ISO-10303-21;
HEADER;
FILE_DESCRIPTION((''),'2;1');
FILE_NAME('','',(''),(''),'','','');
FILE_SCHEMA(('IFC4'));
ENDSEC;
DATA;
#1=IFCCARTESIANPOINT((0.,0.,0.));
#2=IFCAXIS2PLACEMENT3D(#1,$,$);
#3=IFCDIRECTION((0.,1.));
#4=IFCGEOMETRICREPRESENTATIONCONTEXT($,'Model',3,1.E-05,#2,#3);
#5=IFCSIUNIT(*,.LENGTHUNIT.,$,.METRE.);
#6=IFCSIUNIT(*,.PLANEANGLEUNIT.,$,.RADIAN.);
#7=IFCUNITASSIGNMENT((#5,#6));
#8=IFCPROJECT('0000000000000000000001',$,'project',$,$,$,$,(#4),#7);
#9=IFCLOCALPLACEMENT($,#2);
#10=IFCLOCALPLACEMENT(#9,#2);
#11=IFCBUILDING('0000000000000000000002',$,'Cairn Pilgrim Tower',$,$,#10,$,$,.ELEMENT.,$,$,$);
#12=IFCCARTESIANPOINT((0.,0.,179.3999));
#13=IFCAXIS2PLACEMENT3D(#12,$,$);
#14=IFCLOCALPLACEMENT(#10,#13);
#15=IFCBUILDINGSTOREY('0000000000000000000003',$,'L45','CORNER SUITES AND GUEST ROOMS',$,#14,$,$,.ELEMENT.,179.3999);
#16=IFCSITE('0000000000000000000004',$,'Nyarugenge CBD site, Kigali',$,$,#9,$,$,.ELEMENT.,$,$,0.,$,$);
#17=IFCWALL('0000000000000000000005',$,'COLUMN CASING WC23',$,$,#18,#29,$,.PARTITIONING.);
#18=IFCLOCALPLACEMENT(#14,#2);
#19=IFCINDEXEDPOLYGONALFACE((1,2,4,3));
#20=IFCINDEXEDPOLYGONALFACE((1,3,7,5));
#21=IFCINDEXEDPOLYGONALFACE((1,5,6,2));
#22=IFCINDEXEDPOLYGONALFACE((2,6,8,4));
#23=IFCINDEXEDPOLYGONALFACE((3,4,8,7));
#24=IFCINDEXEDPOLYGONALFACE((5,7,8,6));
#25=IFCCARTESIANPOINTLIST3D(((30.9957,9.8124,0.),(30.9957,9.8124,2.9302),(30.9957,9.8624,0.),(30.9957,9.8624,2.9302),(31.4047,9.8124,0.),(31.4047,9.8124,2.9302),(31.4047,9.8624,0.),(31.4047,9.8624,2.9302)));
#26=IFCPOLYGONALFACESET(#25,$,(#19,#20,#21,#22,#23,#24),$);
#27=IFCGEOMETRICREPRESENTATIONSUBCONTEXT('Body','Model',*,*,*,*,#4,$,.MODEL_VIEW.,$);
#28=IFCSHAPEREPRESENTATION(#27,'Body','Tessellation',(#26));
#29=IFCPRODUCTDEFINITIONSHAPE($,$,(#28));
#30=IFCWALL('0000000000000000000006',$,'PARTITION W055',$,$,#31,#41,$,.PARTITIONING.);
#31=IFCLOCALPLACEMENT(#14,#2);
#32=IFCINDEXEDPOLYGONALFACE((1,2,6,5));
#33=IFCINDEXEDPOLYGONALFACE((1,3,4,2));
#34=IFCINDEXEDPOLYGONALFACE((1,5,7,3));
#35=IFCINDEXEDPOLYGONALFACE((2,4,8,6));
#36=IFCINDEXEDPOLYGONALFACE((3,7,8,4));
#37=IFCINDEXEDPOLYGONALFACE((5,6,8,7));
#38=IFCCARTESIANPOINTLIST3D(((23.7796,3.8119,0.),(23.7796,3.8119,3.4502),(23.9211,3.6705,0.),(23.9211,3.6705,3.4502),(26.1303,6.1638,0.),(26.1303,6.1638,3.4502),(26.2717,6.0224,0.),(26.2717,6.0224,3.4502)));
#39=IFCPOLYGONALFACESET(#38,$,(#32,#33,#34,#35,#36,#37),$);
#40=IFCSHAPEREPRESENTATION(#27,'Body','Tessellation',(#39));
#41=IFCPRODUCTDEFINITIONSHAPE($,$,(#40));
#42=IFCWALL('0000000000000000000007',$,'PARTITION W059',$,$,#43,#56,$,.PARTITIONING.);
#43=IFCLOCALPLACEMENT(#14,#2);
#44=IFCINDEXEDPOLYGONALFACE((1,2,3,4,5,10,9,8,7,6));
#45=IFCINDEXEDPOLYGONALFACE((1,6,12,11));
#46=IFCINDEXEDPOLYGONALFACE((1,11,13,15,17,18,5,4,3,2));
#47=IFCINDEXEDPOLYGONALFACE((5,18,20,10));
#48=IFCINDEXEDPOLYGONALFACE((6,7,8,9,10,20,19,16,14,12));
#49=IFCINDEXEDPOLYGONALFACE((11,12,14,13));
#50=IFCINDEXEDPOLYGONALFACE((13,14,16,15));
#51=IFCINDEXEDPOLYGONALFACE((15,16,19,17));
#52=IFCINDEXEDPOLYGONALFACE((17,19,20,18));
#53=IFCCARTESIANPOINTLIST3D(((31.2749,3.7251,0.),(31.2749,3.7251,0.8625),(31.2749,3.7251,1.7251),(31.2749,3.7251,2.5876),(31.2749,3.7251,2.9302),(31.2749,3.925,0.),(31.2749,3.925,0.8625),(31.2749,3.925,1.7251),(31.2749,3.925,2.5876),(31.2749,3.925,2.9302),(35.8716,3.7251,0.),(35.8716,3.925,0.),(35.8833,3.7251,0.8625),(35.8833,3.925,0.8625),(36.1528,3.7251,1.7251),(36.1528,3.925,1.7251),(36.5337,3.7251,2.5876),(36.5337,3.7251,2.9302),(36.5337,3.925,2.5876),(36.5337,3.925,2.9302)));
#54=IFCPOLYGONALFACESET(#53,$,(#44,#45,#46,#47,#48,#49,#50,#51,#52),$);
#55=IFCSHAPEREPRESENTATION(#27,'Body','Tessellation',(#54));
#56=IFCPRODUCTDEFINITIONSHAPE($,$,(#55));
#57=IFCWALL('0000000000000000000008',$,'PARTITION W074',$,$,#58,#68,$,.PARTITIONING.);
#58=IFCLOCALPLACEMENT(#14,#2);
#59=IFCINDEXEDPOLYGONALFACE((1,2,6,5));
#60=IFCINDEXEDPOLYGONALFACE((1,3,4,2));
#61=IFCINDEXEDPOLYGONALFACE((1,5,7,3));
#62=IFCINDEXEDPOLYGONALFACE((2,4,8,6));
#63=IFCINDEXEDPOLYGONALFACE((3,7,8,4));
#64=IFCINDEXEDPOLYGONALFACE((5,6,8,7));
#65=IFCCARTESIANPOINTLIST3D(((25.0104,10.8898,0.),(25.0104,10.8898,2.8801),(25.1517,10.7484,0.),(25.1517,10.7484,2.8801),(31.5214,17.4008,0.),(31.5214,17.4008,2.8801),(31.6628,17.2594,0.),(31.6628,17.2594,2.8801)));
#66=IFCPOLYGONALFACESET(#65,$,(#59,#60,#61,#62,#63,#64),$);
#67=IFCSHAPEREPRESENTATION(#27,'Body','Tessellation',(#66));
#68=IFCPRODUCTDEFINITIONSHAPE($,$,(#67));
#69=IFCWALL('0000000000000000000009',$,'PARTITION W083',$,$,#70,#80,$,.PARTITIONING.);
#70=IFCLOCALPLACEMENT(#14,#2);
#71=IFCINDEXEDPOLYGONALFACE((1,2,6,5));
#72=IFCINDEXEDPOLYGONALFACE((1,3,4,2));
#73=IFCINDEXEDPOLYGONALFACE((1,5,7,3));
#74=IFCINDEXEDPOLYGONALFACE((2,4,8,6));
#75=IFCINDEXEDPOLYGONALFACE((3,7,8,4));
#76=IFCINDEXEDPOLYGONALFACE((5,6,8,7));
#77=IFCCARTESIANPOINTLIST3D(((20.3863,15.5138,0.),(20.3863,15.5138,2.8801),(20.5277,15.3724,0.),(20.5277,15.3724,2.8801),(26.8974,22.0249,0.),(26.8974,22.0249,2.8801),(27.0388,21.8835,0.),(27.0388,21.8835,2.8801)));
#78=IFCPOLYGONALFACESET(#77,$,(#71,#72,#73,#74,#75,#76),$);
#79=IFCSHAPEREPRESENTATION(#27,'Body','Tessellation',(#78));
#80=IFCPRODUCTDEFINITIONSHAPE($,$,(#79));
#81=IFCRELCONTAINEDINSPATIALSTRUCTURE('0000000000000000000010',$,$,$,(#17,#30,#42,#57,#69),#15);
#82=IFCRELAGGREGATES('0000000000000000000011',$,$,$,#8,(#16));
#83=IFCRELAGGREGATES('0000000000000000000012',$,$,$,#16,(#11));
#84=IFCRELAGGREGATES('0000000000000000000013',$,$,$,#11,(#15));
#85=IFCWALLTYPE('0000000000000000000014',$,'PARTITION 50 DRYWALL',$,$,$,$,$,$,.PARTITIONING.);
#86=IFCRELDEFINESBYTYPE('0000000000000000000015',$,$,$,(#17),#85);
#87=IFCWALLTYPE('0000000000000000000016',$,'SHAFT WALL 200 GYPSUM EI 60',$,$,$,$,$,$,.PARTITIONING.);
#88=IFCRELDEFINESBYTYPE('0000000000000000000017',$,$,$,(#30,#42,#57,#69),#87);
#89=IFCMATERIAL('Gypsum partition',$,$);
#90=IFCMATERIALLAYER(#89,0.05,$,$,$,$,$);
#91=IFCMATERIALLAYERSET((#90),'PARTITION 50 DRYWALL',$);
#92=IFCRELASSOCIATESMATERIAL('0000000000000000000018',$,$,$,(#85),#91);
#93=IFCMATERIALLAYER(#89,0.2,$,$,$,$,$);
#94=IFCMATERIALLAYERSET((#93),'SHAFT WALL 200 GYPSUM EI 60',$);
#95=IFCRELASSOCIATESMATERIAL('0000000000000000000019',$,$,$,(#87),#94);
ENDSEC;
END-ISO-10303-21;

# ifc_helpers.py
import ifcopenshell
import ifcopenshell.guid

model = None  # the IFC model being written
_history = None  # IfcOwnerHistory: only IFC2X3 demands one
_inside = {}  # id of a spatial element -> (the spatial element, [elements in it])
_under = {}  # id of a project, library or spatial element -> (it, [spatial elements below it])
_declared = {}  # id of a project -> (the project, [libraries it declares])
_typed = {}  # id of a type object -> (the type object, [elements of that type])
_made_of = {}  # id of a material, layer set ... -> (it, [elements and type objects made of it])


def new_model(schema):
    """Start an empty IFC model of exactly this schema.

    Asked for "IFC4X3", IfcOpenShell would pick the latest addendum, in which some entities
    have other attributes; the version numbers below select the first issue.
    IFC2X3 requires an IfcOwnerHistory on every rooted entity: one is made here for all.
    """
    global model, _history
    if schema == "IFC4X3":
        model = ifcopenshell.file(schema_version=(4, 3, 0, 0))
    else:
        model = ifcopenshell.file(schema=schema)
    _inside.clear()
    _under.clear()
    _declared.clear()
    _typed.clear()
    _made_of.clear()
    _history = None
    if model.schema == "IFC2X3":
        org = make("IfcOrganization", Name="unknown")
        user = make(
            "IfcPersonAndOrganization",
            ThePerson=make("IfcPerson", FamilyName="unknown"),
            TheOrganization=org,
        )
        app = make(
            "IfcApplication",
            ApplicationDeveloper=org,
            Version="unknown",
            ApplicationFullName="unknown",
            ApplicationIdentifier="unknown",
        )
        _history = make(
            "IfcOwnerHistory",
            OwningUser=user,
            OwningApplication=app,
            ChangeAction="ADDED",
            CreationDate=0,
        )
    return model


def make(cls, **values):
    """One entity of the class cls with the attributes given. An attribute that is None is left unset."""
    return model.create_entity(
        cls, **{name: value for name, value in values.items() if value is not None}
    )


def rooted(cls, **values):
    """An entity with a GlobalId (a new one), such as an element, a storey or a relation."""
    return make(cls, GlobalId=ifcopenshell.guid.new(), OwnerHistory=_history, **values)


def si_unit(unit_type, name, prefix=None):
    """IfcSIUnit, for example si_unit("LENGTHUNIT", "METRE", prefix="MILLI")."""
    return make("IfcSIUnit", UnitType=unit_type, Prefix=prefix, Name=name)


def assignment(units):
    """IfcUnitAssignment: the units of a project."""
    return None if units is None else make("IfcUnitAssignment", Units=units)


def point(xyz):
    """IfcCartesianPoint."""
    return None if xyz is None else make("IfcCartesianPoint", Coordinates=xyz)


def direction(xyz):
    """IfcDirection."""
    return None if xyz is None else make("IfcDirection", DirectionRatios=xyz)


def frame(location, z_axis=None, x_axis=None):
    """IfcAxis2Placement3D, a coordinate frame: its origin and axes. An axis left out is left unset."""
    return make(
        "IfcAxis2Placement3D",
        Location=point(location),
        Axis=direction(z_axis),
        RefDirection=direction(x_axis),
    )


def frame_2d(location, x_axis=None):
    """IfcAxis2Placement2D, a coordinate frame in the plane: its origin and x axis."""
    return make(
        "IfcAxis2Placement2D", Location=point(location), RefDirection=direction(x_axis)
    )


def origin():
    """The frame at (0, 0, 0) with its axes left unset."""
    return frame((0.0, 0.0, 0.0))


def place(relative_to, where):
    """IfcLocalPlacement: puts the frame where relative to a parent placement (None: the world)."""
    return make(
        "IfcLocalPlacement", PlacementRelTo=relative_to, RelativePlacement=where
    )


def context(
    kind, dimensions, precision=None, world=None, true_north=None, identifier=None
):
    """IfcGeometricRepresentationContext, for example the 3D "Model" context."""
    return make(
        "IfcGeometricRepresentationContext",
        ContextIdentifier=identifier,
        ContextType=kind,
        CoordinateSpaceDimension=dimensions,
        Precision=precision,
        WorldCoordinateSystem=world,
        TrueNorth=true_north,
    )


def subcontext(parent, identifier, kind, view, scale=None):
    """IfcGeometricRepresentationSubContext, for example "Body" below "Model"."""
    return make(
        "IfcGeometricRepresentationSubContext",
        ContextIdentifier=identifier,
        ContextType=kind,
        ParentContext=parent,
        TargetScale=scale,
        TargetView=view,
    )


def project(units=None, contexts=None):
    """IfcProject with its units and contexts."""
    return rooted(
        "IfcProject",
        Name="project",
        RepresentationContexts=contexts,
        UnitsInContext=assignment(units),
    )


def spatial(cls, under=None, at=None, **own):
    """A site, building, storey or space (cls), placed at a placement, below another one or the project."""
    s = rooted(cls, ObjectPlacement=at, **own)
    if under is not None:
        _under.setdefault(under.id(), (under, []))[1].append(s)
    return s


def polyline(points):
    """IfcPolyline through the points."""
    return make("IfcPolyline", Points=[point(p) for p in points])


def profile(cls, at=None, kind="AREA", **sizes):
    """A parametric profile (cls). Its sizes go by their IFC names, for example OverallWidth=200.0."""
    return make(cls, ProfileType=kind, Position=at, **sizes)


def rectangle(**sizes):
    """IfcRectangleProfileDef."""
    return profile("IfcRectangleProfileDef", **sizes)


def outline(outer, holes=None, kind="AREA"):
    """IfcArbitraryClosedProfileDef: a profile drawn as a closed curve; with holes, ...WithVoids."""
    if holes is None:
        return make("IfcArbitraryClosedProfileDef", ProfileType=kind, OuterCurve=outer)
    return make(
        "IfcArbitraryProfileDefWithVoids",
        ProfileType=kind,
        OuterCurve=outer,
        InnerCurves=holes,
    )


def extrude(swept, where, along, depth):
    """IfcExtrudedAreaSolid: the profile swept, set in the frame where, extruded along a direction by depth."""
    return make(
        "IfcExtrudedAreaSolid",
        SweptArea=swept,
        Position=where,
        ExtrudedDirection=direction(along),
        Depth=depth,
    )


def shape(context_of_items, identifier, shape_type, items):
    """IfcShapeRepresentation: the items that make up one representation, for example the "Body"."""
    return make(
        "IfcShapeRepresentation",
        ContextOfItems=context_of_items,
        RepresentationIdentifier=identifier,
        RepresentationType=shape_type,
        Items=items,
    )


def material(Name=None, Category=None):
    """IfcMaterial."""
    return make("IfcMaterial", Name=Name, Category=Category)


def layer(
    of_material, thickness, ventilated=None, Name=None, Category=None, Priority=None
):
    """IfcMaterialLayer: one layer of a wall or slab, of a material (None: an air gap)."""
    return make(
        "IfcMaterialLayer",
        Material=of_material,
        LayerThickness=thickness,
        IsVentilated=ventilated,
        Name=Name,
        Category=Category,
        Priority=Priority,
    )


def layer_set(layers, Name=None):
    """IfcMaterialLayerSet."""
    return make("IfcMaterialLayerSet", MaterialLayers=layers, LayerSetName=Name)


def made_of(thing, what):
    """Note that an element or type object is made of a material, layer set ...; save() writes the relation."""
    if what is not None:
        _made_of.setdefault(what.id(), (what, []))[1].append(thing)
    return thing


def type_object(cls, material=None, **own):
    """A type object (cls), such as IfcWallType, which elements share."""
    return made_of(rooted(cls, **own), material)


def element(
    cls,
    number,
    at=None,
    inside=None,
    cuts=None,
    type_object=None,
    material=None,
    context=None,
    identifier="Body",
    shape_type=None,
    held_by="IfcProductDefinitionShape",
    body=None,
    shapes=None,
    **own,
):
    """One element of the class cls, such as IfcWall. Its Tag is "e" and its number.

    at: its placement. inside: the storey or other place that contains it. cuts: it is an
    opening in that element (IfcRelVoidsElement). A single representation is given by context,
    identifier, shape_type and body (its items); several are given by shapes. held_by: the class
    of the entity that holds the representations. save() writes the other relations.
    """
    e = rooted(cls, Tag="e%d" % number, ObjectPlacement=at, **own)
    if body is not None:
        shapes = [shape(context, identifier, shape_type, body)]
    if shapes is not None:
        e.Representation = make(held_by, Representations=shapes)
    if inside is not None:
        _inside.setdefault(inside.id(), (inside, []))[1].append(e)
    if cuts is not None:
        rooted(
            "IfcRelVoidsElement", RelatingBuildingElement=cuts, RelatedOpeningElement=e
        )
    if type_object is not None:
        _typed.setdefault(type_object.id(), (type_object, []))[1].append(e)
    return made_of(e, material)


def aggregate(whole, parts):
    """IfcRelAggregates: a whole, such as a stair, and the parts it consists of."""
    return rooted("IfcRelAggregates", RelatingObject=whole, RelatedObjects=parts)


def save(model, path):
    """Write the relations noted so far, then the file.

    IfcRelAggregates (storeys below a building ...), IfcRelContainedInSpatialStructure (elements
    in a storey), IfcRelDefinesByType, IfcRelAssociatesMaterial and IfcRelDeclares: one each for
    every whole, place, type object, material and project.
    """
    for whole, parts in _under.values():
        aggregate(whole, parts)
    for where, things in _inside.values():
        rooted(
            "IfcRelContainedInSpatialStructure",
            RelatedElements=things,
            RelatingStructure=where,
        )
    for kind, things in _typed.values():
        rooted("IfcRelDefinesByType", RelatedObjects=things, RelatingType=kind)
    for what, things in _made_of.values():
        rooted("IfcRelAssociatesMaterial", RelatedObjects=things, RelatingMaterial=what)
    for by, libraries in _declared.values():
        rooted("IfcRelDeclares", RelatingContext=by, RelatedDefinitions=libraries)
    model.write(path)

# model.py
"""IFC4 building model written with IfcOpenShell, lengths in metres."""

from ifc_helpers import new_model, si_unit, direction, frame, frame_2d, origin, place, context, subcontext, project, spatial, polyline, rectangle, outline, extrude, material, layer, layer_set, type_object, element, save


model = new_model("IFC4")

# Units and contexts
model_context = context("Model", 3, precision=1e-05, world=origin(), true_north=direction((0.0, 1.0)))
body_context = subcontext(model_context, "Body", "Model", "MODEL_VIEW")
ifc_project = project(units=[si_unit("LENGTHUNIT", "METRE"), si_unit("PLANEANGLEUNIT", "RADIAN")], contexts=[model_context])

# Site, building, storey
site_placement = place(None, origin())
site = spatial("IfcSite", under=ifc_project, at=site_placement, Name="Nyarugenge CBD site, Kigali", CompositionType="ELEMENT", RefElevation=0.0)
building_placement = place(site_placement, origin())
building = spatial("IfcBuilding", under=site, at=building_placement, Name="Cairn Pilgrim Tower", CompositionType="ELEMENT")
storey_placement = place(building_placement, frame((0.0, 0.0, 179.3999)))
storey = spatial("IfcBuildingStorey", under=building, at=storey_placement, Name="L45", Description="CORNER SUITES AND GUEST ROOMS", CompositionType="ELEMENT", Elevation=179.3999)

# Shared definitions
ifc_material_1 = material(Name="Gypsum partition")

# Walls
ifc_layer_1 = layer(ifc_material_1, 0.05)
ifc_layer_set_1 = layer_set([ifc_layer_1], Name="PARTITION 50 DRYWALL")
wall_type_1 = type_object("IfcWallType", Name="PARTITION 50 DRYWALL", PredefinedType="PARTITIONING", material=ifc_layer_set_1)
wall_1_placement = place(storey_placement, frame((30.9956, 9.8374, 0.0), z_axis=(0.0, 0.0, 1.0), x_axis=(1.0, 0.0, 0.0)))
element("IfcWall", 1, at=wall_1_placement, inside=storey, type_object=wall_type_1, Name="COLUMN CASING WC23", PredefinedType="PARTITIONING", context=body_context, shape_type="SweptSolid", body=[
    extrude(rectangle(XDim=0.4089, YDim=0.05, at=frame_2d((0.2046, 0.0))), origin(), (0.0, 0.0, 1.0), 2.9302),
])
ifc_layer_2 = layer(ifc_material_1, 0.2)
ifc_layer_set_2 = layer_set([ifc_layer_2], Name="SHAFT WALL 200 GYPSUM EI 60")
wall_type_2 = type_object("IfcWallType", Name="SHAFT WALL 200 GYPSUM EI 60", PredefinedType="PARTITIONING", material=ifc_layer_set_2)
wall_2_placement = place(storey_placement, frame((23.8503, 3.7412, 0.0), z_axis=(0.0, 0.0, 1.0), x_axis=(0.706923, 0.70729, 0.0)))
element("IfcWall", 2, at=wall_2_placement, inside=storey, type_object=wall_type_2, Name="PARTITION W055", PredefinedType="PARTITIONING", context=body_context, shape_type="SweptSolid", body=[
    extrude(rectangle(XDim=3.3252, YDim=0.2, at=frame_2d((1.6626, 0.0))), origin(), (0.0, 0.0, 1.0), 3.4502),
])
wall_3_placement = place(storey_placement, frame((31.2749, 3.825, 0.0), z_axis=(0.0, 0.0, 1.0), x_axis=(1.0, 0.0, 0.0)))
element("IfcWall", 3, at=wall_3_placement, inside=storey, type_object=wall_type_2, Name="PARTITION W059", PredefinedType="PARTITIONING", context=body_context, shape_type="SweptSolid", body=[
    extrude(outline(polyline([(0.0, 0.0), (4.5967, 0.0), (4.6084, 0.8625), (4.8779, 1.7251), (5.2588, 2.5876), (5.2588, 2.9302), (0.0, 2.9302), (0.0, 2.5876), (0.0, 1.7251), (0.0, 0.8625), (0.0, 0.0)])), frame((0.0, 0.1001, 0.0), z_axis=(0.0, -1.0, 0.0), x_axis=(1.0, 0.0, 0.0)), (0.0, 0.0, 1.0), 0.2),
])
for number, where, z_axis, x_axis, name in (
    (4, (25.0811, 10.8191, 0.0), (0.0, 0.0, 1.0), (0.707107, 0.707107, 0.0), "PARTITION W074"),
    (5, (20.457, 15.4431, 0.0), (0.0, 0.0, 1.0), (0.707107, 0.707107, 0.0), "PARTITION W083"),
):
    element("IfcWall", number, at=place(storey_placement, frame(where, z_axis=z_axis, x_axis=x_axis)), inside=storey, type_object=wall_type_2, Name=name, PredefinedType="PARTITIONING", context=body_context, shape_type="SweptSolid", body=[
        extrude(rectangle(XDim=9.208, YDim=0.2, at=frame_2d((4.604, 0.0))), origin(), (0.0, 0.0, 1.0), 2.8801),
    ])

save(model, "model.ifc")
